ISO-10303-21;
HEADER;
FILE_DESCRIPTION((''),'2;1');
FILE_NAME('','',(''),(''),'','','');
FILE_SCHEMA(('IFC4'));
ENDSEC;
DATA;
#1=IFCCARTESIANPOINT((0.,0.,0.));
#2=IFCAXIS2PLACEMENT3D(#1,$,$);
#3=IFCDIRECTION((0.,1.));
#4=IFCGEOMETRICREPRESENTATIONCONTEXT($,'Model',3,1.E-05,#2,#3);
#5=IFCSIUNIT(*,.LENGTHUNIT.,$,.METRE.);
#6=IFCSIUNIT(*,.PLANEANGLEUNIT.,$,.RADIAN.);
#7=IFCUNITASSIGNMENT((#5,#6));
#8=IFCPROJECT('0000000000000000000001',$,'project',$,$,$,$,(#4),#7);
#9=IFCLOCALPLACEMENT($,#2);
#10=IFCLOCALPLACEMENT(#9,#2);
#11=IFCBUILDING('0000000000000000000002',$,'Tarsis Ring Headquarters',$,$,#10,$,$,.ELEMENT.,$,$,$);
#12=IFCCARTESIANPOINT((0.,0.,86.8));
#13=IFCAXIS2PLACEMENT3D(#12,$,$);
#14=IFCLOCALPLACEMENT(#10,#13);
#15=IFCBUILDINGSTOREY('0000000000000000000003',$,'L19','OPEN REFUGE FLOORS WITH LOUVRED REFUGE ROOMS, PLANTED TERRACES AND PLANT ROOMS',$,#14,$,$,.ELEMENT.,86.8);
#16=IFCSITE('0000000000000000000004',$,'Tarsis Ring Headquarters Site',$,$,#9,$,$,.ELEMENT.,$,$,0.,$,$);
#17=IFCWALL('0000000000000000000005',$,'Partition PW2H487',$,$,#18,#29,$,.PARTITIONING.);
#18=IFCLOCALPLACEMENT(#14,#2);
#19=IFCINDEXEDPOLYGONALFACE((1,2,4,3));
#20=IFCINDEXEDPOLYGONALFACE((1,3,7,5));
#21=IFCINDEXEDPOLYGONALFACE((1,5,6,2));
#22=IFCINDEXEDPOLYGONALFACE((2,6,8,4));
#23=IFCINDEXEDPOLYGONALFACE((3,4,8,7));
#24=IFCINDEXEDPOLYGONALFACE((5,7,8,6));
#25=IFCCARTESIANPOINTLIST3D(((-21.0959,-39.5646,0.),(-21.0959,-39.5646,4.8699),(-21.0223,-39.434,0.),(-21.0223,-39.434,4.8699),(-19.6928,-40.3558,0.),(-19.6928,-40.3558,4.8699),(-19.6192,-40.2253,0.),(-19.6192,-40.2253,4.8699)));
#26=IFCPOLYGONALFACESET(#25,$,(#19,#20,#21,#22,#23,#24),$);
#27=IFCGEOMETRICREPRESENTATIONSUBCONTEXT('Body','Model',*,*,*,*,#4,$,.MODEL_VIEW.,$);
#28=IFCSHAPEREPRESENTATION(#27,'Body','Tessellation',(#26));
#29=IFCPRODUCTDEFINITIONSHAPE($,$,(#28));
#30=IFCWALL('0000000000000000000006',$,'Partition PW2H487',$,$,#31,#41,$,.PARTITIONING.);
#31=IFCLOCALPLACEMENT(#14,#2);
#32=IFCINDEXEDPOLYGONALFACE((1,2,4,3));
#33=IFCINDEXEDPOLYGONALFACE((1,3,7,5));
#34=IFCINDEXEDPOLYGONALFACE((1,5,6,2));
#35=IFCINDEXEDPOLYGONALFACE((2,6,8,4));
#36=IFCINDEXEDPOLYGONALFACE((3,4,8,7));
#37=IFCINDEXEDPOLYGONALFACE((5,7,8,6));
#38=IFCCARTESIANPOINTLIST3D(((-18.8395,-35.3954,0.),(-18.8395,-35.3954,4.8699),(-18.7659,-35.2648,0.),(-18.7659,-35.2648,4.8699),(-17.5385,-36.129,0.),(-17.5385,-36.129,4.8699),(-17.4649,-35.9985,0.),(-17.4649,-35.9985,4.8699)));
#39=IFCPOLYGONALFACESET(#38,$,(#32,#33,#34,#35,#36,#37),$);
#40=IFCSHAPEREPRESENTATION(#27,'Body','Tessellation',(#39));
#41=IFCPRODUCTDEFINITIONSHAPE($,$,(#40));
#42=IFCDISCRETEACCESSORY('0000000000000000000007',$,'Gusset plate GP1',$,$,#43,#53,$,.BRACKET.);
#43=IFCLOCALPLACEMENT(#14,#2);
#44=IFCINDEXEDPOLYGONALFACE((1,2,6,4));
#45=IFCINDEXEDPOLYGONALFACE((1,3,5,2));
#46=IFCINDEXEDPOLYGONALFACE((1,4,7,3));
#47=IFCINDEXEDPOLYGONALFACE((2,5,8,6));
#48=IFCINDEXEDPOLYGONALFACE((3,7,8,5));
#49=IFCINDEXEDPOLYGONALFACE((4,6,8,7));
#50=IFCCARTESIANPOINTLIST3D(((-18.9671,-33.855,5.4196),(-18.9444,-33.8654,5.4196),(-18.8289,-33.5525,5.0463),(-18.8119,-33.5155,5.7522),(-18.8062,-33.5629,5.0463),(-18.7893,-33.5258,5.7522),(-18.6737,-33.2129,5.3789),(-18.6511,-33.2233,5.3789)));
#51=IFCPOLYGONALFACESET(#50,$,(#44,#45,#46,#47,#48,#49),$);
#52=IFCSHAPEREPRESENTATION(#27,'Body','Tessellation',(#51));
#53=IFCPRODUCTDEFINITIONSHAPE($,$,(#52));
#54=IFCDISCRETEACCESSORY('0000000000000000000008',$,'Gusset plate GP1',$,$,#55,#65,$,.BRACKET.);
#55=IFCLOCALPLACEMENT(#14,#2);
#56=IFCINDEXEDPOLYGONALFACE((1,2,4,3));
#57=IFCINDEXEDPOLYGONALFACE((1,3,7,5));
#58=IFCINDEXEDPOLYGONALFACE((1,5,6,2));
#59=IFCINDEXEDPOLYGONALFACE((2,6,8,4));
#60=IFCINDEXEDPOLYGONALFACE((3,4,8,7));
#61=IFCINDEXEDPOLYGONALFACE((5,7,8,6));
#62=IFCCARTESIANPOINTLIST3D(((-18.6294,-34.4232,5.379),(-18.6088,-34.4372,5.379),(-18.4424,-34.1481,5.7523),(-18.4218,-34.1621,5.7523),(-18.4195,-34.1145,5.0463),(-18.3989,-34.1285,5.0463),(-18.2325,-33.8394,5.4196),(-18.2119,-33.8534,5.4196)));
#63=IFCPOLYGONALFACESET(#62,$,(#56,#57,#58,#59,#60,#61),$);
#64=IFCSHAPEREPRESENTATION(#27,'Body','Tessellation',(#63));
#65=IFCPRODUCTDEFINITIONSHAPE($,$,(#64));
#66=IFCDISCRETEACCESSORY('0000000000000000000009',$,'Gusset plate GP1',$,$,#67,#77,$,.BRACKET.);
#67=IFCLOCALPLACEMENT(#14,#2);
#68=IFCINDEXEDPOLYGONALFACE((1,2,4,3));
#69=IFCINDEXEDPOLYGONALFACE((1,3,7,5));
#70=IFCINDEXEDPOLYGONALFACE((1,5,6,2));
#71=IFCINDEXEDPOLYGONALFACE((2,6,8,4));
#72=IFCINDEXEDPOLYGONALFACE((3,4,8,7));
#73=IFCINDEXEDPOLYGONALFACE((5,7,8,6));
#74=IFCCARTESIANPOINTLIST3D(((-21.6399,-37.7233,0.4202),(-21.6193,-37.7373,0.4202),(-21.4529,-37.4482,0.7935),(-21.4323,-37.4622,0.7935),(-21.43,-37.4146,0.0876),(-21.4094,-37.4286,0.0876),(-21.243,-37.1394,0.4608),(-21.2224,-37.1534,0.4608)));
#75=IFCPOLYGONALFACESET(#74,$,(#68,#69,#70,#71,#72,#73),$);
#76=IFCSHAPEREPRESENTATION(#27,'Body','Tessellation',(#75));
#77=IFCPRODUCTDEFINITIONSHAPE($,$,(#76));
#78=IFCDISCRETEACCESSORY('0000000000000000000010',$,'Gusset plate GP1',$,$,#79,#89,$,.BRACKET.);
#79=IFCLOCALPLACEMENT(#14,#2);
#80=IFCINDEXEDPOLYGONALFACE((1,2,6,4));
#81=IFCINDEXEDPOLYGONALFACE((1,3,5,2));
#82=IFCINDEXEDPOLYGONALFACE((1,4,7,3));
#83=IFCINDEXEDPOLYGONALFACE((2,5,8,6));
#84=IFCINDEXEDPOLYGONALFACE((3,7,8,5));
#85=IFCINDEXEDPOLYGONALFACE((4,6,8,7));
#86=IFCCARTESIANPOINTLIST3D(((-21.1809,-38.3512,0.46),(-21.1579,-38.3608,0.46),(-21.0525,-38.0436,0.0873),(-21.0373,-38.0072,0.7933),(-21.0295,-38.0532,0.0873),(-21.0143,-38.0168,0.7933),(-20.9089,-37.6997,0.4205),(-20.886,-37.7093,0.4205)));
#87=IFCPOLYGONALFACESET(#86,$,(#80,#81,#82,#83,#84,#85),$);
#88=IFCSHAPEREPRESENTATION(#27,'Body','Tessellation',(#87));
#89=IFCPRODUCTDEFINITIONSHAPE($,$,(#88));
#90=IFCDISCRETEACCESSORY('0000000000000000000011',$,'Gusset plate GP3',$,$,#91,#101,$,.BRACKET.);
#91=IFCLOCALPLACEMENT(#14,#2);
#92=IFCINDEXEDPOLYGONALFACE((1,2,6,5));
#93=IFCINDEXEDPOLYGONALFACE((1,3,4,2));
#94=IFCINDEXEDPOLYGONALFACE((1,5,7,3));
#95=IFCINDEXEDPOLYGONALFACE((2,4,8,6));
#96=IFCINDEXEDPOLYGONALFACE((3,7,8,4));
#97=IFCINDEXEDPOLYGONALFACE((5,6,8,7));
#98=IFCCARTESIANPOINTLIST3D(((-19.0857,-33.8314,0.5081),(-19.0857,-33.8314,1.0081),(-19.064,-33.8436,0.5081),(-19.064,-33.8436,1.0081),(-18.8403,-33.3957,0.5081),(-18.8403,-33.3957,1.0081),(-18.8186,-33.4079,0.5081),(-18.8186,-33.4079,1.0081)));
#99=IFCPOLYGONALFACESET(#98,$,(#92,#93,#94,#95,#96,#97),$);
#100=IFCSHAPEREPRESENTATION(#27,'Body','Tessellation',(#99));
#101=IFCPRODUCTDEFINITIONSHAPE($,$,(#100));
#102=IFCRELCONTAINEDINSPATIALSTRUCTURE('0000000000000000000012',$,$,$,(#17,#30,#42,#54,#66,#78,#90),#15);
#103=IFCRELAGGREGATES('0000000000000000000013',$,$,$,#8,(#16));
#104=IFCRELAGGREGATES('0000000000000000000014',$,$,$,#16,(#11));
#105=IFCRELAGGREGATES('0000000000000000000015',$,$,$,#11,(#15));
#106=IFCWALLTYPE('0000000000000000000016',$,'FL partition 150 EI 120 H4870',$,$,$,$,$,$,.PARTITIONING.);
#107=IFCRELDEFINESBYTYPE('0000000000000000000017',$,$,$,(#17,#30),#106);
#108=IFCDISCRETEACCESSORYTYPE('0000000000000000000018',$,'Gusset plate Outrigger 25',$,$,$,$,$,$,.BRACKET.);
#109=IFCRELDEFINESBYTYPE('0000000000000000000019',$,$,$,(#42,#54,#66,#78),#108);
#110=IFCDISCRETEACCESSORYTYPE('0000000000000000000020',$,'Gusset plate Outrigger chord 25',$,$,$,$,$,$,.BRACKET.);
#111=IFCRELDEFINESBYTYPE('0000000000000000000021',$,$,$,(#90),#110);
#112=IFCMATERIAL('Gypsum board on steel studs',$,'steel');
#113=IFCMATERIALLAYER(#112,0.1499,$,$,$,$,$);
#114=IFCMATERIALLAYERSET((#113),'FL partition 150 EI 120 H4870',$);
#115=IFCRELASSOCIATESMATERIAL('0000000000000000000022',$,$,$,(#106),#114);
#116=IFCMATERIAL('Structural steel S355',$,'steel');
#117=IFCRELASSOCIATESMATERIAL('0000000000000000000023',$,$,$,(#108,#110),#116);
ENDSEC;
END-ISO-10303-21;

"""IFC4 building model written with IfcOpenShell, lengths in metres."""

from ifc_helpers import new_model, si_unit, direction, frame, frame_2d, origin, origin_2d, place, context, subcontext, project, spatial, rectangle, extrude, material, layer, layer_set, material_profile, profile_set, type_object, element, save


model = new_model("IFC4")

# Units and contexts
model_context = context("Model", 3, precision=1e-05, world=origin(), true_north=direction((0.0, 1.0)))
body_context = subcontext(model_context, "Body", "Model", "MODEL_VIEW")
ifc_project = project(units=[si_unit("LENGTHUNIT", "METRE"), si_unit("PLANEANGLEUNIT", "RADIAN")], contexts=[model_context])

# Site, building, storey
site_placement = place(None, origin())
site = spatial("IfcSite", under=ifc_project, at=site_placement, Name="Tarsis Ring Headquarters Site", CompositionType="ELEMENT", RefElevation=0.0)
building_placement = place(site_placement, origin())
building = spatial("IfcBuilding", under=site, at=building_placement, Name="Tarsis Ring Headquarters", CompositionType="ELEMENT")
storey_placement = place(building_placement, frame((0.0, 0.0, 86.8)))
storey = spatial("IfcBuildingStorey", under=building, at=storey_placement, Name="L19", Description="OPEN REFUGE FLOORS WITH LOUVRED REFUGE ROOMS, PLANTED TERRACES AND PLANT ROOMS", CompositionType="ELEMENT", Elevation=86.8)

# Shared definitions
ifc_material_1 = material(Name="Structural steel S355", Category="steel")

# Shared definitions
ifc_material_2 = material(Name="Gypsum board on steel studs", Category="steel")
ifc_layer = layer(ifc_material_2, 0.1499)
ifc_layer_set = layer_set([ifc_layer], Name="FL partition 150 EI 120 H4870")
wall_type = type_object("IfcWallType", Name="FL partition 150 EI 120 H4870", PredefinedType="PARTITIONING", material=ifc_layer_set)

# Walls
wall_1_placement = place(storey_placement, frame((-21.0591, -39.4993, 0.0), z_axis=(0.0, 0.0, 1.0), x_axis=(0.871037, -0.491218, 0.0)))
element("IfcWall", 1, at=wall_1_placement, inside=storey, type_object=wall_type, Name="Partition PW2H487", PredefinedType="PARTITIONING", context=body_context, shape_type="SweptSolid", body=[
    extrude(rectangle(XDim=1.6108, YDim=0.1499, at=frame_2d((0.8054, 0.0))), origin(), (0.0, 0.0, 1.0), 4.8699),
])
wall_2_placement = place(storey_placement, frame((-18.8027, -35.3301, 0.0), z_axis=(0.0, 0.0, 1.0), x_axis=(0.871056, -0.491184, 0.0)))
element("IfcWall", 2, at=wall_2_placement, inside=storey, type_object=wall_type, Name="Partition PW2H487", PredefinedType="PARTITIONING", context=body_context, shape_type="SweptSolid", body=[
    extrude(rectangle(XDim=1.4937, YDim=0.1499, at=frame_2d((0.7468, 0.0))), origin(), (0.0, 0.0, 1.0), 4.8699),
])

# Discrete accessories
ifc_material_profile_1 = material_profile(ifc_material_1, rectangle(XDim=0.0249, YDim=0.5, at=origin_2d()), Name="PL 25x500")
ifc_profile_set_1 = profile_set([ifc_material_profile_1], Name="Structural steel S355")
discrete_accessory_type_1 = type_object("IfcDiscreteAccessoryType", Name="Gusset plate Outrigger 25", PredefinedType="BRACKET", material=ifc_profile_set_1)
for number, where, z_axis, x_axis, name in (
    (3, (-18.8782, -33.6904, 5.5859), (0.2764, 0.605052, -0.74667), (-0.909585, 0.415517, 0.0), "Gusset plate GP1"),
    (4, (-18.3271, -34.0007, 5.5859), (-0.374005, -0.550265, -0.746544), (0.827049, -0.562129, 0.0), "Gusset plate GP1"),
    (5, (-21.5247, -37.5759, 0.2539), (0.374005, 0.550265, 0.746544), (-0.827049, 0.562129, 0.0), "Gusset plate GP1"),
    (6, (-20.9692, -37.8765, 0.2539), (-0.256784, -0.61511, 0.745454), (0.922817, -0.385239, 0.0), "Gusset plate GP1"),
):
    element("IfcDiscreteAccessory", number, at=place(storey_placement, frame(where, z_axis=z_axis, x_axis=x_axis)), inside=storey, type_object=discrete_accessory_type_1, Name=name, PredefinedType="BRACKET", context=body_context, shape_type="SweptSolid", body=[
        extrude(rectangle(XDim=0.0249, YDim=0.5, at=origin_2d()), origin(), (0.0, 0.0, 1.0), 0.5),
    ])
discrete_accessory_type_2 = type_object("IfcDiscreteAccessoryType", Name="Gusset plate Outrigger chord 25", PredefinedType="BRACKET", material=ifc_profile_set_1)
discrete_accessory_placement = place(storey_placement, frame((-18.9521, -33.6196, 0.5081), z_axis=(0.0, 0.0, 1.0), x_axis=(-0.871325, 0.490706, 0.0)))
element("IfcDiscreteAccessory", 7, at=discrete_accessory_placement, inside=storey, type_object=discrete_accessory_type_2, Name="Gusset plate GP3", PredefinedType="BRACKET", context=body_context, shape_type="SweptSolid", body=[
    extrude(rectangle(XDim=0.0249, YDim=0.5, at=origin_2d()), origin(), (0.0, 0.0, 1.0), 0.5),
])

save(model, "model.ifc")
